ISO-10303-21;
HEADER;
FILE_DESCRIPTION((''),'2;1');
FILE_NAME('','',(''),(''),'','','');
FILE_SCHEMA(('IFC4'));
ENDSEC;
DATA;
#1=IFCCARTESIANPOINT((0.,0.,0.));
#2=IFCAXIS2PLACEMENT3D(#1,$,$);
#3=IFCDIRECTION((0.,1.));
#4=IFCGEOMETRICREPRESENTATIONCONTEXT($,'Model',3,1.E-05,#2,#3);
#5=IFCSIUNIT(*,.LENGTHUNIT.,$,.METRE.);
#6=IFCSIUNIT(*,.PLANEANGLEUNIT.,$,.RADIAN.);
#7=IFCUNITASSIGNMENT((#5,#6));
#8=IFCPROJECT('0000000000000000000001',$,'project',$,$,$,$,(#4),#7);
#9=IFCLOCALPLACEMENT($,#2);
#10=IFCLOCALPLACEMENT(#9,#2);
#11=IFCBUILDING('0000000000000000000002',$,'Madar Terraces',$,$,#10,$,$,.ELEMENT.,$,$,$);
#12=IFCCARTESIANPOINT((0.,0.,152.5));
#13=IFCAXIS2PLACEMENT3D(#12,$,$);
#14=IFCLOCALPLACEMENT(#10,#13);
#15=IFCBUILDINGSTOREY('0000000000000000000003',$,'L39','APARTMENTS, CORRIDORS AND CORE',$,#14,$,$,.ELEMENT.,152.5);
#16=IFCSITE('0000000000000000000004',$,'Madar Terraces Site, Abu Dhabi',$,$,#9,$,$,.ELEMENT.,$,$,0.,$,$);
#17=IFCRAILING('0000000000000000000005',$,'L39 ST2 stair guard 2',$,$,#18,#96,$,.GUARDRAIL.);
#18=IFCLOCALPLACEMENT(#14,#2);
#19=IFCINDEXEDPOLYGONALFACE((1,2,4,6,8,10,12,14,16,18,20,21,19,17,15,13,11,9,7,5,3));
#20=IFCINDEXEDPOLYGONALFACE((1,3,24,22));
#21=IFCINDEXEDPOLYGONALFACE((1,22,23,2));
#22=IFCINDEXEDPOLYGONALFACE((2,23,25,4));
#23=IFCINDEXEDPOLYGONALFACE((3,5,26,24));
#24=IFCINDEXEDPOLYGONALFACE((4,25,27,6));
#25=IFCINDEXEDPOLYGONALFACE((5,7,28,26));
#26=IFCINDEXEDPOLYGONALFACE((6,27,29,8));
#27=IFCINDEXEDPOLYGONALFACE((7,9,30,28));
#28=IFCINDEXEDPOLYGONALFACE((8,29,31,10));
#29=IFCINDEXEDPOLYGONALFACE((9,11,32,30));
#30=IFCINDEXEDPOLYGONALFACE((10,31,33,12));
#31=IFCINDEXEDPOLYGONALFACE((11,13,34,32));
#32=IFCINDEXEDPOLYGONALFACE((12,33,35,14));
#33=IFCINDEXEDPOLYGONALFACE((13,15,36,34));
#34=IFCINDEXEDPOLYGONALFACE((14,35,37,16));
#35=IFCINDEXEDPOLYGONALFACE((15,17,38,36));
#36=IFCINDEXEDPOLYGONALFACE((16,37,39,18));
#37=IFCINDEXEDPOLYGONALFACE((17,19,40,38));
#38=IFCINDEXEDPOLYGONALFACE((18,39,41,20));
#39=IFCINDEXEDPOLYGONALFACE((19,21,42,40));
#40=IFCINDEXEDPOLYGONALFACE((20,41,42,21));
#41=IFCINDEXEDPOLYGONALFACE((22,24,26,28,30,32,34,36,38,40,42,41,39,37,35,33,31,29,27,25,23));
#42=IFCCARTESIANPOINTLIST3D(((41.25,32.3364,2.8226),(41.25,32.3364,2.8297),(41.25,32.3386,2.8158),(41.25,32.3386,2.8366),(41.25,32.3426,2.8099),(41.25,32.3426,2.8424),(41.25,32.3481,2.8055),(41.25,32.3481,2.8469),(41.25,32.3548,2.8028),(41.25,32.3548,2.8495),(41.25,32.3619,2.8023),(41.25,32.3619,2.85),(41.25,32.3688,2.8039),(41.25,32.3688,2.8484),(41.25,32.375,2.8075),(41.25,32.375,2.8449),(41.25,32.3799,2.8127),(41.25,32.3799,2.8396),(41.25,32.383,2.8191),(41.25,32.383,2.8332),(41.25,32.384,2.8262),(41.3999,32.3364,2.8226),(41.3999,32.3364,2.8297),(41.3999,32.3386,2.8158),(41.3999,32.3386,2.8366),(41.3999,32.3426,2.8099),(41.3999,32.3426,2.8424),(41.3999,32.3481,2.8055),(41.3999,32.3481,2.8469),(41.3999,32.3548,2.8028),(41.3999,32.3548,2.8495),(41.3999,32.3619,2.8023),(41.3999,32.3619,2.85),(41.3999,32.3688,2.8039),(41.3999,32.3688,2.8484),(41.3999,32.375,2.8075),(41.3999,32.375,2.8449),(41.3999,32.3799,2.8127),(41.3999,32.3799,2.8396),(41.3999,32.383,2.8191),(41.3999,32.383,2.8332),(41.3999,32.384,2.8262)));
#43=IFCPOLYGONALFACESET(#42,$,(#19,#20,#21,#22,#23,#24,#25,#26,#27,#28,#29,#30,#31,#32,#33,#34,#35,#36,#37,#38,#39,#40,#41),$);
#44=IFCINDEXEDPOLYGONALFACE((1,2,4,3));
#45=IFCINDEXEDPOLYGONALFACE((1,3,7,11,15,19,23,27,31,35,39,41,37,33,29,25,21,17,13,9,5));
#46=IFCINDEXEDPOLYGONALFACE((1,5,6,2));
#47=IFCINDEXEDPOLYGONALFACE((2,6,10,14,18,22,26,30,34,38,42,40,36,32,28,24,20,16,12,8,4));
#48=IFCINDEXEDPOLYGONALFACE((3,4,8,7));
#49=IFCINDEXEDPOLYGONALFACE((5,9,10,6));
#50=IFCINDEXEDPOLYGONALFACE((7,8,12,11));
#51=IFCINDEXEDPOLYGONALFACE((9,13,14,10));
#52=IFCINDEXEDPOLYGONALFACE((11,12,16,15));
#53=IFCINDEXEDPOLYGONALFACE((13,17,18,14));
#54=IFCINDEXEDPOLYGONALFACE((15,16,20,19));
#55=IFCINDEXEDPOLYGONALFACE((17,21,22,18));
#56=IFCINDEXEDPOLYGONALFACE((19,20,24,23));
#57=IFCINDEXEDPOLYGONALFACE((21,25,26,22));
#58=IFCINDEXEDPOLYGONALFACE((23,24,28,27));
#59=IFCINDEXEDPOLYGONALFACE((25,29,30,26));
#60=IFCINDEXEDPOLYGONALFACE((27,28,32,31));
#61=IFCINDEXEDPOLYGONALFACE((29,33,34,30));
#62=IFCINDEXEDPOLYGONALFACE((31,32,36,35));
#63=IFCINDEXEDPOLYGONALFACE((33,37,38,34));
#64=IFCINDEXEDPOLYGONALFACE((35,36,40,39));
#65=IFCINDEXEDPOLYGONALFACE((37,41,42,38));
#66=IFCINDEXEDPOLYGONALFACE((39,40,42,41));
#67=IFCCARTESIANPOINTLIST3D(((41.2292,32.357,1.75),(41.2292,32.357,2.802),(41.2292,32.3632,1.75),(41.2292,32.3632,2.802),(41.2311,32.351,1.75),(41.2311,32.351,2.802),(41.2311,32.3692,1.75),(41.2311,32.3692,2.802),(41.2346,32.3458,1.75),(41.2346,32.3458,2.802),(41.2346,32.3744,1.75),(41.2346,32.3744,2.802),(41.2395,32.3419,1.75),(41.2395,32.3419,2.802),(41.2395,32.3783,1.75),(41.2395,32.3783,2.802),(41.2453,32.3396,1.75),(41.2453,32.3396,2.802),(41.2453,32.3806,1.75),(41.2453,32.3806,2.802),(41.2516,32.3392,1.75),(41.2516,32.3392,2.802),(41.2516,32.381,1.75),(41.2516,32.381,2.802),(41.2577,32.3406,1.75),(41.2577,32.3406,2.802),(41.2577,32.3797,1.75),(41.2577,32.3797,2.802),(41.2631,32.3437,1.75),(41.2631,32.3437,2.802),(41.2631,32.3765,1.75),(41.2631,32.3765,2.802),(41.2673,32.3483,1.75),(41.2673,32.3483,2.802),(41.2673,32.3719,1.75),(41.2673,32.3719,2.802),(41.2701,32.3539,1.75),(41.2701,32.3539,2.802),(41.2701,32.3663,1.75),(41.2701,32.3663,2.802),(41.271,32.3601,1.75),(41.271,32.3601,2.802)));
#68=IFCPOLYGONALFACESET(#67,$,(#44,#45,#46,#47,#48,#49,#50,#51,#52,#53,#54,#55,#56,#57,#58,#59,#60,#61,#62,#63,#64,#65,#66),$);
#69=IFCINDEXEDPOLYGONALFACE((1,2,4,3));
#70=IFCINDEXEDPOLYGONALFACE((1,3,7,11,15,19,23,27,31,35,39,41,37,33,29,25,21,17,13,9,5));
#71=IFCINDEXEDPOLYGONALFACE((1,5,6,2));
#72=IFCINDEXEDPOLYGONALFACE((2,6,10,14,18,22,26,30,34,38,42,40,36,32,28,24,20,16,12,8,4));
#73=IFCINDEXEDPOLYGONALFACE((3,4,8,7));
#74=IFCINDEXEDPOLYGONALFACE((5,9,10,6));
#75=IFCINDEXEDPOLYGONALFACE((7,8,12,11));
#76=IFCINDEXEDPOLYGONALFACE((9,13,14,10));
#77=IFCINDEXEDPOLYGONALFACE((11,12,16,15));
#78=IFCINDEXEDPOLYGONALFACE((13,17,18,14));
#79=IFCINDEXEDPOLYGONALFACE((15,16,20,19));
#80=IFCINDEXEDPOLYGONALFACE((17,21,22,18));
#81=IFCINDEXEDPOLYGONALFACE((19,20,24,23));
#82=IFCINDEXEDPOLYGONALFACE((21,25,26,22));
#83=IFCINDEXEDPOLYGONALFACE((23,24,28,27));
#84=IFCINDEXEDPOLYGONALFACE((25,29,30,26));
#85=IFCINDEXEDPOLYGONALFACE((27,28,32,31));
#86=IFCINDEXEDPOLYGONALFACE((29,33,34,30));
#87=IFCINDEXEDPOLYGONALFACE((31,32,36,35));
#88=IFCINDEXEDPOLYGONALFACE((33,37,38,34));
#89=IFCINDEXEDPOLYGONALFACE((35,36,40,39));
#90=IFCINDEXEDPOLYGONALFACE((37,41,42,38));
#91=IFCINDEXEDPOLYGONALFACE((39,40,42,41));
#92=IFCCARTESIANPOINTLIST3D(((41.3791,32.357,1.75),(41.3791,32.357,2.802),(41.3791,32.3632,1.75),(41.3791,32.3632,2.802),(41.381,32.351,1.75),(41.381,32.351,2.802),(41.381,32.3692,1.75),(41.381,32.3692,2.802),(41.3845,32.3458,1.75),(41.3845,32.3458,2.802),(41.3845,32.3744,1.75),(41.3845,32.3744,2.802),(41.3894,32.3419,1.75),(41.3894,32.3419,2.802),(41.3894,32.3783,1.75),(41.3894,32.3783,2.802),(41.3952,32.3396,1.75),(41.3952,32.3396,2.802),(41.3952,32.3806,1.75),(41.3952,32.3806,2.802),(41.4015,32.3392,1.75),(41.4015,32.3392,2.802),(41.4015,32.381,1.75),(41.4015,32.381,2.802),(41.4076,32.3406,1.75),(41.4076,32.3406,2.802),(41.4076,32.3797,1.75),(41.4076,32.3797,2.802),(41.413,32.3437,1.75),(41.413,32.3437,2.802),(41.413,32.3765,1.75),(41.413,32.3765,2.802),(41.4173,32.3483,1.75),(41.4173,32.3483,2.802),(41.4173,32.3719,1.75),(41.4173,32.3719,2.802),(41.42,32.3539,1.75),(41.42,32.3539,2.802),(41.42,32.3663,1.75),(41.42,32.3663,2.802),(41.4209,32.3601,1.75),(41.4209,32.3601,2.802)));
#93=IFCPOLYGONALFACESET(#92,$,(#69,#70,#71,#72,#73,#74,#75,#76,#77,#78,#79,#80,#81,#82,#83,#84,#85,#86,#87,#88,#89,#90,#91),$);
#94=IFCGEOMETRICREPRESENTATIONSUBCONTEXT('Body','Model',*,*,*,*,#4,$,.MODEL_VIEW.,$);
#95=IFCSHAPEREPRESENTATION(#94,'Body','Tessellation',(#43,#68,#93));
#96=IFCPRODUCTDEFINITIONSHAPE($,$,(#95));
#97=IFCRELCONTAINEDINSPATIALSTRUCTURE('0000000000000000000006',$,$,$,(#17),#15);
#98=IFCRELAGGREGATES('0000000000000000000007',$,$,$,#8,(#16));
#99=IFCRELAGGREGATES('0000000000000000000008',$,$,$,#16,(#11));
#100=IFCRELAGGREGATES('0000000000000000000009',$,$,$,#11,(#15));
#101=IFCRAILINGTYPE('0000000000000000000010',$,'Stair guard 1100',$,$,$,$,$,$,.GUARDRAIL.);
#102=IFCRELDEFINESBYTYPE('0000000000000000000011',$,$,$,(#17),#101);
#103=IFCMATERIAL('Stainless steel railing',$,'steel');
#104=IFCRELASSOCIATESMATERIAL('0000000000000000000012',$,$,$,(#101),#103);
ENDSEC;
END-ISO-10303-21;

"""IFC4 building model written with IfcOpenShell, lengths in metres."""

from ifc_helpers import new_model, si_unit, direction, frame, origin, origin_2d, place, context, subcontext, project, spatial, circle, extrude, material, type_object, element, save


model = new_model("IFC4")

# Units and contexts
model_context = context("Model", 3, precision=1e-05, world=origin(), true_north=direction((0.0, 1.0)))
body_context = subcontext(model_context, "Body", "Model", "MODEL_VIEW")
ifc_project = project(units=[si_unit("LENGTHUNIT", "METRE"), si_unit("PLANEANGLEUNIT", "RADIAN")], contexts=[model_context])

# Site, building, storey
site_placement = place(None, origin())
site = spatial("IfcSite", under=ifc_project, at=site_placement, Name="Madar Terraces Site, Abu Dhabi", CompositionType="ELEMENT", RefElevation=0.0)
building_placement = place(site_placement, origin())
building = spatial("IfcBuilding", under=site, at=building_placement, Name="Madar Terraces", CompositionType="ELEMENT")
storey_placement = place(building_placement, frame((0.0, 0.0, 152.5)))
storey = spatial("IfcBuildingStorey", under=building, at=storey_placement, Name="L39", Description="APARTMENTS, CORRIDORS AND CORE", CompositionType="ELEMENT", Elevation=152.5)

# Railing
ifc_material_1 = material(Name="Stainless steel railing", Category="steel")
railing_type_1 = type_object("IfcRailingType", Name="Stair guard 1100", PredefinedType="GUARDRAIL", material=ifc_material_1)
railing_1_placement = place(storey_placement, frame((41.25, 32.3601, 1.75)))
element("IfcRailing", 1, at=railing_1_placement, inside=storey, type_object=railing_type_1, Name="L39 ST2 stair guard 2", PredefinedType="GUARDRAIL", context=body_context, shape_type="SweptSolid", body=[
    extrude(circle(Radius=0.0239, at=origin_2d()), frame((0.0, 0.0, 1.0762), z_axis=(1.0, 0.0, 0.0), x_axis=(0.0, 1.0, 0.0)), (0.0, 0.0, 1.0), 0.1499),
    extrude(circle(Radius=0.021, at=origin_2d()), origin(), (0.0, 0.0, 1.0), 1.052),
    extrude(circle(Radius=0.021, at=origin_2d()), frame((0.1499, 0.0, 0.0)), (0.0, 0.0, 1.0), 1.052),
])

save(model, "model.ifc")
